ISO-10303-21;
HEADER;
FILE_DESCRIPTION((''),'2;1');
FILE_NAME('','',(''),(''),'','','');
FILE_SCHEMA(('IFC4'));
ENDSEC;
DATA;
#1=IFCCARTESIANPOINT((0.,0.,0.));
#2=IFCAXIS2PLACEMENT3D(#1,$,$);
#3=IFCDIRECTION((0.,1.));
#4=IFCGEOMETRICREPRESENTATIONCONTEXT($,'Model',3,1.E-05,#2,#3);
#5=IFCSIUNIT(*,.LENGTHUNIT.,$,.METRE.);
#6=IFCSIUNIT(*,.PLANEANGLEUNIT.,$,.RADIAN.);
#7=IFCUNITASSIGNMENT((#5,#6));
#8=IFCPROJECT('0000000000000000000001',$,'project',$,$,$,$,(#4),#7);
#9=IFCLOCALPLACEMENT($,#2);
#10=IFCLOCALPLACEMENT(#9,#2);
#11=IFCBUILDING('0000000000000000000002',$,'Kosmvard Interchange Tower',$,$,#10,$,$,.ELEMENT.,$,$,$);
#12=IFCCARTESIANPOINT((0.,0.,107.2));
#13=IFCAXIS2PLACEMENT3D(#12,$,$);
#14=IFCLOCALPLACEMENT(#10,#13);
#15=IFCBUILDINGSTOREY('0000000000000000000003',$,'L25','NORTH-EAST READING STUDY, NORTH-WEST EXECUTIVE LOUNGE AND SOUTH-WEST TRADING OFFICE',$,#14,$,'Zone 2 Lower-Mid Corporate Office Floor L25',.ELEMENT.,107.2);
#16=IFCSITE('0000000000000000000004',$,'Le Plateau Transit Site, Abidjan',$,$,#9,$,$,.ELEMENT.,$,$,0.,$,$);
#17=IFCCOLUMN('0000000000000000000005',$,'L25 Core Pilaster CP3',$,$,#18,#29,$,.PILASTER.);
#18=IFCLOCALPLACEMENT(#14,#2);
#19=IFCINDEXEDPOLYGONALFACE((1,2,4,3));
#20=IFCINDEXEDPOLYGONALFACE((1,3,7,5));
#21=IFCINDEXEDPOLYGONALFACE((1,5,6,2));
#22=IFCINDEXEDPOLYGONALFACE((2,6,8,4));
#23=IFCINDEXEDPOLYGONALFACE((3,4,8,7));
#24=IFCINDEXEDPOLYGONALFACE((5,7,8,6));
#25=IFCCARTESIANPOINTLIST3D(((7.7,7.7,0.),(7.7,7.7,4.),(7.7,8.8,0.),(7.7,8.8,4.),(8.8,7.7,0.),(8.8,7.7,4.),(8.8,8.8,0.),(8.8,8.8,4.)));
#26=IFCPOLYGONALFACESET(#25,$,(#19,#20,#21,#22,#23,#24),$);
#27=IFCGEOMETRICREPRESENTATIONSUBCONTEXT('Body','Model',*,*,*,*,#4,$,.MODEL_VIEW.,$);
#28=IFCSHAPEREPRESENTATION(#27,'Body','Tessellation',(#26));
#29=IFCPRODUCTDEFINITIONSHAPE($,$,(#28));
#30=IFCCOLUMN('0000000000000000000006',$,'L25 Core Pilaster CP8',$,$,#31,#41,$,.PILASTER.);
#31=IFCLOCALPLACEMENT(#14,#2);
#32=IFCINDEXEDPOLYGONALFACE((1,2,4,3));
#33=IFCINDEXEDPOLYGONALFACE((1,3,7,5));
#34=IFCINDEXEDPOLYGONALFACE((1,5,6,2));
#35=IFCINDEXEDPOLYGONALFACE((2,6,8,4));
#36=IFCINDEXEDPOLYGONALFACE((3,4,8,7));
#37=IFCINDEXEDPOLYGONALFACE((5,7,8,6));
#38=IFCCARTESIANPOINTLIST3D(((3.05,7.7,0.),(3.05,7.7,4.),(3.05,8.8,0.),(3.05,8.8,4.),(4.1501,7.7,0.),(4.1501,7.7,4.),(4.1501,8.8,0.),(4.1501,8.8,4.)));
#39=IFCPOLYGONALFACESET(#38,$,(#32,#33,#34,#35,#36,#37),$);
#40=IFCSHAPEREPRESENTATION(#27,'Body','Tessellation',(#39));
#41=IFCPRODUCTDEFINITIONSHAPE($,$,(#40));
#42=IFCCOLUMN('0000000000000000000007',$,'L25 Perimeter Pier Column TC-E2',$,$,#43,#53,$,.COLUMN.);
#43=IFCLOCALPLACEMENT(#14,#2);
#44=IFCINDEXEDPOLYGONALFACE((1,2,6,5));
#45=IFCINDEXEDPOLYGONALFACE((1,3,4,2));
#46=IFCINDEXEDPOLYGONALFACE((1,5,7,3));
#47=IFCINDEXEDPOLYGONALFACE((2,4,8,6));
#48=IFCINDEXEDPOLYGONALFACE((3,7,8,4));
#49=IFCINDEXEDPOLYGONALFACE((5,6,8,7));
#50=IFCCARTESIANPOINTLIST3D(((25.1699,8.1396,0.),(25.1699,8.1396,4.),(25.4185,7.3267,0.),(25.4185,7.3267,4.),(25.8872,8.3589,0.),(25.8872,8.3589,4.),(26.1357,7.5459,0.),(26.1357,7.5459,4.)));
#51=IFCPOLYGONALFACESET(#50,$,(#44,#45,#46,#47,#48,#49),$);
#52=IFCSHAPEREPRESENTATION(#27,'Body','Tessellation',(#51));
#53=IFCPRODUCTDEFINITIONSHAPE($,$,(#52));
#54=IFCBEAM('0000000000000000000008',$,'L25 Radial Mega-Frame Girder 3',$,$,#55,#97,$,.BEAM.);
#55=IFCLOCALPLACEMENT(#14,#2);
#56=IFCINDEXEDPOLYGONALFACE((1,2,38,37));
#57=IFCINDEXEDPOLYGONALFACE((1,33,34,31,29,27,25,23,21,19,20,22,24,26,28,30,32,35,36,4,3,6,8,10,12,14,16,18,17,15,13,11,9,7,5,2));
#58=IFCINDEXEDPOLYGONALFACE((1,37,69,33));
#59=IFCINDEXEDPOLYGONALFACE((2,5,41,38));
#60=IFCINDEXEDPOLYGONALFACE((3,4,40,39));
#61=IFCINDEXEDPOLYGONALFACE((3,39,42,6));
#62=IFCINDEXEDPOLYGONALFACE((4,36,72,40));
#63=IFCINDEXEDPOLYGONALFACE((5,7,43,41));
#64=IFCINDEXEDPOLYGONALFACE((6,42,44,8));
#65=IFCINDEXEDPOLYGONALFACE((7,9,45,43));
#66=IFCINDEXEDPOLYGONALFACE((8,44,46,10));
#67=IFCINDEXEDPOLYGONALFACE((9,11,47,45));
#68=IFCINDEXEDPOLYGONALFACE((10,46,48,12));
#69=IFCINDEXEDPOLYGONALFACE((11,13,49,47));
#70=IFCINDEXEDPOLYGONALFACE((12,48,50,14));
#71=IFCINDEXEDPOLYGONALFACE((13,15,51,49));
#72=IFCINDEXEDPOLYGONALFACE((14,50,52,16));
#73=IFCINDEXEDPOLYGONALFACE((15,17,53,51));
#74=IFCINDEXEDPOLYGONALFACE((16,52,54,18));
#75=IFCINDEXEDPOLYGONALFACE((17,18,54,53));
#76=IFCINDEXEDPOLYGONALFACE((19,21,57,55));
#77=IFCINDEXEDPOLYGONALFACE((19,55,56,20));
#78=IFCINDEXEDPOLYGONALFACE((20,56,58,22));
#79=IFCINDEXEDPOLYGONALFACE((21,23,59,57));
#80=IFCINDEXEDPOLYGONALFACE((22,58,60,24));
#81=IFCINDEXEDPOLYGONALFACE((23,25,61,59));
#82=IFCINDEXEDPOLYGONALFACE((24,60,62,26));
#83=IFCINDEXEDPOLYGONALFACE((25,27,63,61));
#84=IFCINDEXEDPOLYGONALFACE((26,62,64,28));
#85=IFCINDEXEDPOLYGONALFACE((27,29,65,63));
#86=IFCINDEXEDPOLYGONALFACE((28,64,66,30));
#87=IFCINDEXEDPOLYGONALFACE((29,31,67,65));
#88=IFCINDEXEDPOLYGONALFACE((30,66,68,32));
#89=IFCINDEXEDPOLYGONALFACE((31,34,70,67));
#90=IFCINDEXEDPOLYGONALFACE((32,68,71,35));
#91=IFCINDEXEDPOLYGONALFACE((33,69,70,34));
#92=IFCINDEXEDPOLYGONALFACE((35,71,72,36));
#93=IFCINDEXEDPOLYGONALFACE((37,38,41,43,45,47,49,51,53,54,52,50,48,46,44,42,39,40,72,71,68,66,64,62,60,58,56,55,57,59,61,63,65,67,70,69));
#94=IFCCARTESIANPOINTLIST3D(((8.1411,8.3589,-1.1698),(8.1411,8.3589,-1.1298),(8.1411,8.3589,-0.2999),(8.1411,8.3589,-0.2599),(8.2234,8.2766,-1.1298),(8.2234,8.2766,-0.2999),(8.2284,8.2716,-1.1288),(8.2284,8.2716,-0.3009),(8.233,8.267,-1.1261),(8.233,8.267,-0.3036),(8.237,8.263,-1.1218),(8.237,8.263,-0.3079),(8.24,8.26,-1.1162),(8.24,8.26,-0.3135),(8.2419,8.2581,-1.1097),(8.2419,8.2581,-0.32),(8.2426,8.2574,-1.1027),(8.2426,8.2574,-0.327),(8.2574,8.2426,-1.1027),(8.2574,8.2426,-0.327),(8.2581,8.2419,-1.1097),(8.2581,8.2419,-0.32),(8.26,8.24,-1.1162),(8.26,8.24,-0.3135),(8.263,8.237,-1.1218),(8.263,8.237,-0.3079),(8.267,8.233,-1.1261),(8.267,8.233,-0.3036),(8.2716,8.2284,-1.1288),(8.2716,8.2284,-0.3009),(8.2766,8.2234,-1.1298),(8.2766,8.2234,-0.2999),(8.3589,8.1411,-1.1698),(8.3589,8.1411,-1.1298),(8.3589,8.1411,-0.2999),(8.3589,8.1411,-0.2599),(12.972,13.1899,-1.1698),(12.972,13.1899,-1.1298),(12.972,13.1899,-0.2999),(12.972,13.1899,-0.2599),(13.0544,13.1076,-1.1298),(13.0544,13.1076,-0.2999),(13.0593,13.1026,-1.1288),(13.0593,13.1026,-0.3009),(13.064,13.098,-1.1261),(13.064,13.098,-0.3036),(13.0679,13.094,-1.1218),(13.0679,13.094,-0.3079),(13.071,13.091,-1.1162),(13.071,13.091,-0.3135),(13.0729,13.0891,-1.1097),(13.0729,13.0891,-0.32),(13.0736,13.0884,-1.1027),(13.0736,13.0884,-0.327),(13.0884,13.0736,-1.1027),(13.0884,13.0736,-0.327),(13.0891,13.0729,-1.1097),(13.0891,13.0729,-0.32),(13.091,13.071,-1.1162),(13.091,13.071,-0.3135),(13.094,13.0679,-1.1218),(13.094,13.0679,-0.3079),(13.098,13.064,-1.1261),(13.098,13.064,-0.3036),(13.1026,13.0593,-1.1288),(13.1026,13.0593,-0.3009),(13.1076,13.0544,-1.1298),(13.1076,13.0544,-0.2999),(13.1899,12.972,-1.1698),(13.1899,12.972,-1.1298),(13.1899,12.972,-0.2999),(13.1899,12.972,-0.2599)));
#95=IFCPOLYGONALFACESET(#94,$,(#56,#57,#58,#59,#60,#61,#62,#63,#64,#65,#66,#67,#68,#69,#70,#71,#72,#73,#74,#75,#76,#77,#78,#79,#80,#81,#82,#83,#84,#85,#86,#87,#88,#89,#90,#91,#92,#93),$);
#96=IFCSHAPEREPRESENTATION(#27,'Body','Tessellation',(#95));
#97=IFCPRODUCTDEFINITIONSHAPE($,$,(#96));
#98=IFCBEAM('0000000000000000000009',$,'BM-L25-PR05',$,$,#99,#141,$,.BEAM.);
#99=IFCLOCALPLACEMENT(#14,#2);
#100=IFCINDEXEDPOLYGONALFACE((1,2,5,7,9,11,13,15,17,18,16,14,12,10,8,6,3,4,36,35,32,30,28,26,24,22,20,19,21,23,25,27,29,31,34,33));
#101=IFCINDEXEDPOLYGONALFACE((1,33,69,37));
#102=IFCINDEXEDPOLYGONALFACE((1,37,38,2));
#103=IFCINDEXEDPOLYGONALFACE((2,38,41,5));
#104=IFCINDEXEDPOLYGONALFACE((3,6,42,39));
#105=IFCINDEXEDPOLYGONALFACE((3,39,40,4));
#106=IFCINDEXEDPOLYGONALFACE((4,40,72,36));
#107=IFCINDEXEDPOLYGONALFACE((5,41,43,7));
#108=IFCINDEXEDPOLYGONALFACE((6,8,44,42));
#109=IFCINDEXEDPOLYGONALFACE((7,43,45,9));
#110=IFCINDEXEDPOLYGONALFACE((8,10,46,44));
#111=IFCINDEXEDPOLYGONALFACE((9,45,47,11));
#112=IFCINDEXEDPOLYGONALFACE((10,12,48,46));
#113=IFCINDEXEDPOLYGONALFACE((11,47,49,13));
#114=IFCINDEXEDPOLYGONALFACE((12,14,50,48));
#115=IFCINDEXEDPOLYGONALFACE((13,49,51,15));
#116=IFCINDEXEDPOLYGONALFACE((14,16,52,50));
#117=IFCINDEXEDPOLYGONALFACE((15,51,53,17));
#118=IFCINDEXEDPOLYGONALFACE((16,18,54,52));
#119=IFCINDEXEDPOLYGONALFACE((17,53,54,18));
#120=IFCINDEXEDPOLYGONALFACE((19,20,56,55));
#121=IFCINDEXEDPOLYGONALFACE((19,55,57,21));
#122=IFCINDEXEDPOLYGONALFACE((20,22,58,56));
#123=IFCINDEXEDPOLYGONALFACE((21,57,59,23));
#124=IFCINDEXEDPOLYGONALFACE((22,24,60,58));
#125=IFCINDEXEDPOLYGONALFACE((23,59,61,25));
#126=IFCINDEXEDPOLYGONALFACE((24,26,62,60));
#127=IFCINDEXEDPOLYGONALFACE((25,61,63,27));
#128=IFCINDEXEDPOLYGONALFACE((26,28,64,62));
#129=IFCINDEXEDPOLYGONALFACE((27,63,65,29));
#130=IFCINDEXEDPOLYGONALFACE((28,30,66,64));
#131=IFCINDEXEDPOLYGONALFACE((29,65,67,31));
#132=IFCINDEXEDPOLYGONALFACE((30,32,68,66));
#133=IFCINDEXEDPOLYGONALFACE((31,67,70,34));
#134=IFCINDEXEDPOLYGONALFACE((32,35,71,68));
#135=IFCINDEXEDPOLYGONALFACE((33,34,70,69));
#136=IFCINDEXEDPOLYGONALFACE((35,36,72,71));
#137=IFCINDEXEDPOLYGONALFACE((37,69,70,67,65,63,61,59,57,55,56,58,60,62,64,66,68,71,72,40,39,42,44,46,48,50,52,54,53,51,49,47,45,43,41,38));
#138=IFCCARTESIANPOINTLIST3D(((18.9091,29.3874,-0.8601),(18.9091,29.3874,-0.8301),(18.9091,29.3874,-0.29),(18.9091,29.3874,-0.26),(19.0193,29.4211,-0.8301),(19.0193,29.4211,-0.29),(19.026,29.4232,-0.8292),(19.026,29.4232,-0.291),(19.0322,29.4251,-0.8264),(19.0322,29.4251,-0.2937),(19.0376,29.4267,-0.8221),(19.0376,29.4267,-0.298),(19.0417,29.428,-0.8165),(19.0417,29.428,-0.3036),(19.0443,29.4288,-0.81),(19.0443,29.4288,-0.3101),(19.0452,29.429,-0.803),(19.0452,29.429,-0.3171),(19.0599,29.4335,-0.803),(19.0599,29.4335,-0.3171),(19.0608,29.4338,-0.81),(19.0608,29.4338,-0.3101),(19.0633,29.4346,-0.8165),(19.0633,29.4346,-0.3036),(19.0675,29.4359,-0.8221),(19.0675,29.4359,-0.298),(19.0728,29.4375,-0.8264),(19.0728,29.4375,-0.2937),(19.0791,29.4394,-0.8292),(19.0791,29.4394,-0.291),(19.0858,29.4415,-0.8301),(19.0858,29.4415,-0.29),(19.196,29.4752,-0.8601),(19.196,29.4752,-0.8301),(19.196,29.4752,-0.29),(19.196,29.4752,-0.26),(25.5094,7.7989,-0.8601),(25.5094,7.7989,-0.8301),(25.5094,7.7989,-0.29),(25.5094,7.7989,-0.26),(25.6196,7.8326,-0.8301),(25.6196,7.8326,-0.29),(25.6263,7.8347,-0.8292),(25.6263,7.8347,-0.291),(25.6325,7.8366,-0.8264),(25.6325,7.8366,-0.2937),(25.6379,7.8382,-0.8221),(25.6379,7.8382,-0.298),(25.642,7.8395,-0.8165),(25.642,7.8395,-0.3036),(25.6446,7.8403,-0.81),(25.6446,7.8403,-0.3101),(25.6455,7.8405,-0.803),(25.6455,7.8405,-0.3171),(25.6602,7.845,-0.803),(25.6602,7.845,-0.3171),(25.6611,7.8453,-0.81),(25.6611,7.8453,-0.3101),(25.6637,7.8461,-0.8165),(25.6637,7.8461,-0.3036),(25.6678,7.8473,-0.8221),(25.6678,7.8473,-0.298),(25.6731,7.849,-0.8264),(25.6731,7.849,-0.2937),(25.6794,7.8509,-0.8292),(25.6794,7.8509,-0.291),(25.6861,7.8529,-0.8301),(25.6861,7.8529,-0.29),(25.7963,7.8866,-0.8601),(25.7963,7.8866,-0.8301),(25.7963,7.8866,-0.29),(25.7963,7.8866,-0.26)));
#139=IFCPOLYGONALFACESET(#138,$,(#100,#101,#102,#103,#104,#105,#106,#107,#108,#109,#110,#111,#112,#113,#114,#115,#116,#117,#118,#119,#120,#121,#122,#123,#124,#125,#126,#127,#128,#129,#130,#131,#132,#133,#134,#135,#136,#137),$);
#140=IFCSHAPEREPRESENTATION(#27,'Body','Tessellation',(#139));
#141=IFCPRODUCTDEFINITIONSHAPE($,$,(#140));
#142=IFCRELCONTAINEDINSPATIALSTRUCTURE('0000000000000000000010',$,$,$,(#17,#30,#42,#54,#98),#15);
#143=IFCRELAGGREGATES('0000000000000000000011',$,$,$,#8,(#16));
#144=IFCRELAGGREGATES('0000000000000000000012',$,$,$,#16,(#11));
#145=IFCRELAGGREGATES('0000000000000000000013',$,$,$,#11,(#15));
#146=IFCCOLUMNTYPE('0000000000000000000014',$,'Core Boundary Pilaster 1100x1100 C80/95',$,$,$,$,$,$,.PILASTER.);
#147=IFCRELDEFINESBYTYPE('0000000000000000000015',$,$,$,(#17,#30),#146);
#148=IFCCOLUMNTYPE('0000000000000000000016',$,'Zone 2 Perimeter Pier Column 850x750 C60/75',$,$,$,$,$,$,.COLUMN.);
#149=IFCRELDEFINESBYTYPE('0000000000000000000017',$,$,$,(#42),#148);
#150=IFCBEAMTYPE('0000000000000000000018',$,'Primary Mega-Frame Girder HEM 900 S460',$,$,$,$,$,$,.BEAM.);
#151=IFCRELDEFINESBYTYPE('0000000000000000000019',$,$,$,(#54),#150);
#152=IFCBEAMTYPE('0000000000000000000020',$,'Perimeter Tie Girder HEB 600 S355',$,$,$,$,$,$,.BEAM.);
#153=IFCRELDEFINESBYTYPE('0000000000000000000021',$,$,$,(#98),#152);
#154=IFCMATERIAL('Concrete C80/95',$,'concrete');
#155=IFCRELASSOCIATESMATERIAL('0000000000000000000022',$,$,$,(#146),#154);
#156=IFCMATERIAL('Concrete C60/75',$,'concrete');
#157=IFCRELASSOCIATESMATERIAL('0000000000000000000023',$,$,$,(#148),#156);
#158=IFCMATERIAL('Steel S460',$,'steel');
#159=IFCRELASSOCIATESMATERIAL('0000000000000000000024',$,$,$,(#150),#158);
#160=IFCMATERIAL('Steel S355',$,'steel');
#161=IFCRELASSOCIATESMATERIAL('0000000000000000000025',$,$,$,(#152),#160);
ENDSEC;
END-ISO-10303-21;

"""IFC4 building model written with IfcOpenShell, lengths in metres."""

from ifc_helpers import new_model, si_unit, direction, frame, origin, origin_2d, place, context, subcontext, project, spatial, rectangle, i_section, extrude, source, transform, mapped, material, material_profile, profile_set, type_object, element, save


model = new_model("IFC4")

# Units and contexts
model_context = context("Model", 3, precision=1e-05, world=origin(), true_north=direction((0.0, 1.0)))
body_context = subcontext(model_context, "Body", "Model", "MODEL_VIEW")
ifc_project = project(units=[si_unit("LENGTHUNIT", "METRE"), si_unit("PLANEANGLEUNIT", "RADIAN")], contexts=[model_context])

# Site, building, storey
site_placement = place(None, origin())
site = spatial("IfcSite", under=ifc_project, at=site_placement, Name="Le Plateau Transit Site, Abidjan", CompositionType="ELEMENT", RefElevation=0.0)
building_placement = place(site_placement, origin())
building = spatial("IfcBuilding", under=site, at=building_placement, Name="Kosmvard Interchange Tower", CompositionType="ELEMENT")
storey_placement = place(building_placement, frame((0.0, 0.0, 107.2)))
storey = spatial("IfcBuildingStorey", under=building, at=storey_placement, Name="L25", Description="NORTH-EAST READING STUDY, NORTH-WEST EXECUTIVE LOUNGE AND SOUTH-WEST TRADING OFFICE", LongName="Zone 2 Lower-Mid Corporate Office Floor L25", CompositionType="ELEMENT", Elevation=107.2)

# Columns
ifc_material_1 = material(Name="Concrete C80/95", Category="concrete")
ifc_material_profile_1 = material_profile(ifc_material_1, rectangle(XDim=1.1001, YDim=1.1001, at=origin_2d()), Name="CP 1100x1100")
ifc_profile_set_1 = profile_set([ifc_material_profile_1], Name="Concrete C80/95")
column_type_1 = type_object("IfcColumnType", Name="Core Boundary Pilaster 1100x1100 C80/95", PredefinedType="PILASTER", material=ifc_profile_set_1)
shared_shape_1 = source(origin(), body_context, "Body", "SweptSolid", [
    extrude(rectangle(XDim=1.1001, YDim=1.1001, at=origin_2d()), origin(), (0.0, 0.0, 1.0), 4.0),
])
for number, where, z_axis, x_axis, name in (
    (1, (8.25, 8.25, 0.0), (0.0, 0.0, 1.0), (1.0, 0.0, 0.0), "L25 Core Pilaster CP3"),
    (2, (3.6001, 8.25, 0.0), (0.0, 0.0, 1.0), (1.0, 0.0, 0.0), "L25 Core Pilaster CP8"),
):
    element("IfcColumn", number, at=place(storey_placement, frame(where, z_axis=z_axis, x_axis=x_axis)), inside=storey, type_object=column_type_1, Name=name, PredefinedType="PILASTER", context=body_context, shape_type="MappedRepresentation", body=[
        mapped(shared_shape_1, transform((0.0, 0.0, 0.0), scale=1.0)),
    ])
ifc_material_2 = material(Name="Concrete C60/75", Category="concrete")
ifc_material_profile_2 = material_profile(ifc_material_2, rectangle(XDim=0.75, YDim=0.8501, at=origin_2d()), Name="TC 850x750")
ifc_profile_set_2 = profile_set([ifc_material_profile_2], Name="Concrete C60/75")
column_type_2 = type_object("IfcColumnType", Name="Zone 2 Perimeter Pier Column 850x750 C60/75", PredefinedType="COLUMN", material=ifc_profile_set_2)
shared_shape_2 = source(origin(), body_context, "Body", "SweptSolid", [
    extrude(rectangle(XDim=0.75, YDim=0.8501, at=origin_2d()), origin(), (0.0, 0.0, 1.0), 4.0),
])
column_placement = place(storey_placement, frame((25.6528, 7.8428, 0.0), z_axis=(0.0, 0.0, 1.0), x_axis=(0.956305, 0.292372, 0.0)))
element("IfcColumn", 3, at=column_placement, inside=storey, type_object=column_type_2, Name="L25 Perimeter Pier Column TC-E2", PredefinedType="COLUMN", context=body_context, shape_type="MappedRepresentation", body=[
    mapped(shared_shape_2, transform((0.0, 0.0, 0.0), scale=1.0)),
])

# Beams
ifc_material_3 = material(Name="Steel S460", Category="steel")
ifc_material_profile_3 = material_profile(ifc_material_3, i_section(OverallWidth=0.3081, OverallDepth=0.9099, WebThickness=0.021, FlangeThickness=0.04, FilletRadius=0.0271, at=origin_2d()), Name="HEM 900")
ifc_profile_set_3 = profile_set([ifc_material_profile_3], Name="Steel S460")
beam_type_1 = type_object("IfcBeamType", Name="Primary Mega-Frame Girder HEM 900 S460", PredefinedType="BEAM", material=ifc_profile_set_3)
shared_shape_3 = source(origin(), body_context, "Body", "SweptSolid", [
    extrude(i_section(OverallWidth=0.3081, OverallDepth=0.9099, WebThickness=0.021, FlangeThickness=0.04, FilletRadius=0.0271, at=origin_2d()), origin(), (0.0, 0.0, 1.0), 6.832),
])
beam_1_placement = place(storey_placement, frame((8.25, 8.25, -0.7148), z_axis=(0.707107, 0.707107, 0.0), x_axis=(-0.707107, 0.707107, 0.0)))
element("IfcBeam", 4, at=beam_1_placement, inside=storey, type_object=beam_type_1, Name="L25 Radial Mega-Frame Girder 3", PredefinedType="BEAM", context=body_context, shape_type="MappedRepresentation", body=[
    mapped(shared_shape_3, transform((0.0, 0.0, 0.0), scale=1.0)),
])
ifc_material_4 = material(Name="Steel S355", Category="steel")
ifc_material_profile_4 = material_profile(ifc_material_4, i_section(OverallWidth=0.3, OverallDepth=0.6001, WebThickness=0.0154, FlangeThickness=0.03, FilletRadius=0.0271, at=origin_2d()), Name="HEB 600")
ifc_profile_set_4 = profile_set([ifc_material_profile_4], Name="Steel S355")
beam_type_2 = type_object("IfcBeamType", Name="Perimeter Tie Girder HEB 600 S355", PredefinedType="BEAM", material=ifc_profile_set_4)
shared_shape_4 = source(origin(), body_context, "Body", "SweptSolid", [
    extrude(i_section(OverallWidth=0.3, OverallDepth=0.6001, WebThickness=0.0154, FlangeThickness=0.03, FilletRadius=0.0271, at=origin_2d()), origin(), (0.0, 0.0, 1.0), 22.575),
])
beam_2_placement = place(storey_placement, frame((25.6528, 7.8428, -0.5601), z_axis=(-0.292373, 0.956304, 0.0), x_axis=(-0.956304, -0.292373, 0.0)))
element("IfcBeam", 5, at=beam_2_placement, inside=storey, type_object=beam_type_2, Name="BM-L25-PR05", PredefinedType="BEAM", context=body_context, shape_type="MappedRepresentation", body=[
    mapped(shared_shape_4, transform((0.0, 0.0, 0.0), scale=1.0)),
])

save(model, "model.ifc")
